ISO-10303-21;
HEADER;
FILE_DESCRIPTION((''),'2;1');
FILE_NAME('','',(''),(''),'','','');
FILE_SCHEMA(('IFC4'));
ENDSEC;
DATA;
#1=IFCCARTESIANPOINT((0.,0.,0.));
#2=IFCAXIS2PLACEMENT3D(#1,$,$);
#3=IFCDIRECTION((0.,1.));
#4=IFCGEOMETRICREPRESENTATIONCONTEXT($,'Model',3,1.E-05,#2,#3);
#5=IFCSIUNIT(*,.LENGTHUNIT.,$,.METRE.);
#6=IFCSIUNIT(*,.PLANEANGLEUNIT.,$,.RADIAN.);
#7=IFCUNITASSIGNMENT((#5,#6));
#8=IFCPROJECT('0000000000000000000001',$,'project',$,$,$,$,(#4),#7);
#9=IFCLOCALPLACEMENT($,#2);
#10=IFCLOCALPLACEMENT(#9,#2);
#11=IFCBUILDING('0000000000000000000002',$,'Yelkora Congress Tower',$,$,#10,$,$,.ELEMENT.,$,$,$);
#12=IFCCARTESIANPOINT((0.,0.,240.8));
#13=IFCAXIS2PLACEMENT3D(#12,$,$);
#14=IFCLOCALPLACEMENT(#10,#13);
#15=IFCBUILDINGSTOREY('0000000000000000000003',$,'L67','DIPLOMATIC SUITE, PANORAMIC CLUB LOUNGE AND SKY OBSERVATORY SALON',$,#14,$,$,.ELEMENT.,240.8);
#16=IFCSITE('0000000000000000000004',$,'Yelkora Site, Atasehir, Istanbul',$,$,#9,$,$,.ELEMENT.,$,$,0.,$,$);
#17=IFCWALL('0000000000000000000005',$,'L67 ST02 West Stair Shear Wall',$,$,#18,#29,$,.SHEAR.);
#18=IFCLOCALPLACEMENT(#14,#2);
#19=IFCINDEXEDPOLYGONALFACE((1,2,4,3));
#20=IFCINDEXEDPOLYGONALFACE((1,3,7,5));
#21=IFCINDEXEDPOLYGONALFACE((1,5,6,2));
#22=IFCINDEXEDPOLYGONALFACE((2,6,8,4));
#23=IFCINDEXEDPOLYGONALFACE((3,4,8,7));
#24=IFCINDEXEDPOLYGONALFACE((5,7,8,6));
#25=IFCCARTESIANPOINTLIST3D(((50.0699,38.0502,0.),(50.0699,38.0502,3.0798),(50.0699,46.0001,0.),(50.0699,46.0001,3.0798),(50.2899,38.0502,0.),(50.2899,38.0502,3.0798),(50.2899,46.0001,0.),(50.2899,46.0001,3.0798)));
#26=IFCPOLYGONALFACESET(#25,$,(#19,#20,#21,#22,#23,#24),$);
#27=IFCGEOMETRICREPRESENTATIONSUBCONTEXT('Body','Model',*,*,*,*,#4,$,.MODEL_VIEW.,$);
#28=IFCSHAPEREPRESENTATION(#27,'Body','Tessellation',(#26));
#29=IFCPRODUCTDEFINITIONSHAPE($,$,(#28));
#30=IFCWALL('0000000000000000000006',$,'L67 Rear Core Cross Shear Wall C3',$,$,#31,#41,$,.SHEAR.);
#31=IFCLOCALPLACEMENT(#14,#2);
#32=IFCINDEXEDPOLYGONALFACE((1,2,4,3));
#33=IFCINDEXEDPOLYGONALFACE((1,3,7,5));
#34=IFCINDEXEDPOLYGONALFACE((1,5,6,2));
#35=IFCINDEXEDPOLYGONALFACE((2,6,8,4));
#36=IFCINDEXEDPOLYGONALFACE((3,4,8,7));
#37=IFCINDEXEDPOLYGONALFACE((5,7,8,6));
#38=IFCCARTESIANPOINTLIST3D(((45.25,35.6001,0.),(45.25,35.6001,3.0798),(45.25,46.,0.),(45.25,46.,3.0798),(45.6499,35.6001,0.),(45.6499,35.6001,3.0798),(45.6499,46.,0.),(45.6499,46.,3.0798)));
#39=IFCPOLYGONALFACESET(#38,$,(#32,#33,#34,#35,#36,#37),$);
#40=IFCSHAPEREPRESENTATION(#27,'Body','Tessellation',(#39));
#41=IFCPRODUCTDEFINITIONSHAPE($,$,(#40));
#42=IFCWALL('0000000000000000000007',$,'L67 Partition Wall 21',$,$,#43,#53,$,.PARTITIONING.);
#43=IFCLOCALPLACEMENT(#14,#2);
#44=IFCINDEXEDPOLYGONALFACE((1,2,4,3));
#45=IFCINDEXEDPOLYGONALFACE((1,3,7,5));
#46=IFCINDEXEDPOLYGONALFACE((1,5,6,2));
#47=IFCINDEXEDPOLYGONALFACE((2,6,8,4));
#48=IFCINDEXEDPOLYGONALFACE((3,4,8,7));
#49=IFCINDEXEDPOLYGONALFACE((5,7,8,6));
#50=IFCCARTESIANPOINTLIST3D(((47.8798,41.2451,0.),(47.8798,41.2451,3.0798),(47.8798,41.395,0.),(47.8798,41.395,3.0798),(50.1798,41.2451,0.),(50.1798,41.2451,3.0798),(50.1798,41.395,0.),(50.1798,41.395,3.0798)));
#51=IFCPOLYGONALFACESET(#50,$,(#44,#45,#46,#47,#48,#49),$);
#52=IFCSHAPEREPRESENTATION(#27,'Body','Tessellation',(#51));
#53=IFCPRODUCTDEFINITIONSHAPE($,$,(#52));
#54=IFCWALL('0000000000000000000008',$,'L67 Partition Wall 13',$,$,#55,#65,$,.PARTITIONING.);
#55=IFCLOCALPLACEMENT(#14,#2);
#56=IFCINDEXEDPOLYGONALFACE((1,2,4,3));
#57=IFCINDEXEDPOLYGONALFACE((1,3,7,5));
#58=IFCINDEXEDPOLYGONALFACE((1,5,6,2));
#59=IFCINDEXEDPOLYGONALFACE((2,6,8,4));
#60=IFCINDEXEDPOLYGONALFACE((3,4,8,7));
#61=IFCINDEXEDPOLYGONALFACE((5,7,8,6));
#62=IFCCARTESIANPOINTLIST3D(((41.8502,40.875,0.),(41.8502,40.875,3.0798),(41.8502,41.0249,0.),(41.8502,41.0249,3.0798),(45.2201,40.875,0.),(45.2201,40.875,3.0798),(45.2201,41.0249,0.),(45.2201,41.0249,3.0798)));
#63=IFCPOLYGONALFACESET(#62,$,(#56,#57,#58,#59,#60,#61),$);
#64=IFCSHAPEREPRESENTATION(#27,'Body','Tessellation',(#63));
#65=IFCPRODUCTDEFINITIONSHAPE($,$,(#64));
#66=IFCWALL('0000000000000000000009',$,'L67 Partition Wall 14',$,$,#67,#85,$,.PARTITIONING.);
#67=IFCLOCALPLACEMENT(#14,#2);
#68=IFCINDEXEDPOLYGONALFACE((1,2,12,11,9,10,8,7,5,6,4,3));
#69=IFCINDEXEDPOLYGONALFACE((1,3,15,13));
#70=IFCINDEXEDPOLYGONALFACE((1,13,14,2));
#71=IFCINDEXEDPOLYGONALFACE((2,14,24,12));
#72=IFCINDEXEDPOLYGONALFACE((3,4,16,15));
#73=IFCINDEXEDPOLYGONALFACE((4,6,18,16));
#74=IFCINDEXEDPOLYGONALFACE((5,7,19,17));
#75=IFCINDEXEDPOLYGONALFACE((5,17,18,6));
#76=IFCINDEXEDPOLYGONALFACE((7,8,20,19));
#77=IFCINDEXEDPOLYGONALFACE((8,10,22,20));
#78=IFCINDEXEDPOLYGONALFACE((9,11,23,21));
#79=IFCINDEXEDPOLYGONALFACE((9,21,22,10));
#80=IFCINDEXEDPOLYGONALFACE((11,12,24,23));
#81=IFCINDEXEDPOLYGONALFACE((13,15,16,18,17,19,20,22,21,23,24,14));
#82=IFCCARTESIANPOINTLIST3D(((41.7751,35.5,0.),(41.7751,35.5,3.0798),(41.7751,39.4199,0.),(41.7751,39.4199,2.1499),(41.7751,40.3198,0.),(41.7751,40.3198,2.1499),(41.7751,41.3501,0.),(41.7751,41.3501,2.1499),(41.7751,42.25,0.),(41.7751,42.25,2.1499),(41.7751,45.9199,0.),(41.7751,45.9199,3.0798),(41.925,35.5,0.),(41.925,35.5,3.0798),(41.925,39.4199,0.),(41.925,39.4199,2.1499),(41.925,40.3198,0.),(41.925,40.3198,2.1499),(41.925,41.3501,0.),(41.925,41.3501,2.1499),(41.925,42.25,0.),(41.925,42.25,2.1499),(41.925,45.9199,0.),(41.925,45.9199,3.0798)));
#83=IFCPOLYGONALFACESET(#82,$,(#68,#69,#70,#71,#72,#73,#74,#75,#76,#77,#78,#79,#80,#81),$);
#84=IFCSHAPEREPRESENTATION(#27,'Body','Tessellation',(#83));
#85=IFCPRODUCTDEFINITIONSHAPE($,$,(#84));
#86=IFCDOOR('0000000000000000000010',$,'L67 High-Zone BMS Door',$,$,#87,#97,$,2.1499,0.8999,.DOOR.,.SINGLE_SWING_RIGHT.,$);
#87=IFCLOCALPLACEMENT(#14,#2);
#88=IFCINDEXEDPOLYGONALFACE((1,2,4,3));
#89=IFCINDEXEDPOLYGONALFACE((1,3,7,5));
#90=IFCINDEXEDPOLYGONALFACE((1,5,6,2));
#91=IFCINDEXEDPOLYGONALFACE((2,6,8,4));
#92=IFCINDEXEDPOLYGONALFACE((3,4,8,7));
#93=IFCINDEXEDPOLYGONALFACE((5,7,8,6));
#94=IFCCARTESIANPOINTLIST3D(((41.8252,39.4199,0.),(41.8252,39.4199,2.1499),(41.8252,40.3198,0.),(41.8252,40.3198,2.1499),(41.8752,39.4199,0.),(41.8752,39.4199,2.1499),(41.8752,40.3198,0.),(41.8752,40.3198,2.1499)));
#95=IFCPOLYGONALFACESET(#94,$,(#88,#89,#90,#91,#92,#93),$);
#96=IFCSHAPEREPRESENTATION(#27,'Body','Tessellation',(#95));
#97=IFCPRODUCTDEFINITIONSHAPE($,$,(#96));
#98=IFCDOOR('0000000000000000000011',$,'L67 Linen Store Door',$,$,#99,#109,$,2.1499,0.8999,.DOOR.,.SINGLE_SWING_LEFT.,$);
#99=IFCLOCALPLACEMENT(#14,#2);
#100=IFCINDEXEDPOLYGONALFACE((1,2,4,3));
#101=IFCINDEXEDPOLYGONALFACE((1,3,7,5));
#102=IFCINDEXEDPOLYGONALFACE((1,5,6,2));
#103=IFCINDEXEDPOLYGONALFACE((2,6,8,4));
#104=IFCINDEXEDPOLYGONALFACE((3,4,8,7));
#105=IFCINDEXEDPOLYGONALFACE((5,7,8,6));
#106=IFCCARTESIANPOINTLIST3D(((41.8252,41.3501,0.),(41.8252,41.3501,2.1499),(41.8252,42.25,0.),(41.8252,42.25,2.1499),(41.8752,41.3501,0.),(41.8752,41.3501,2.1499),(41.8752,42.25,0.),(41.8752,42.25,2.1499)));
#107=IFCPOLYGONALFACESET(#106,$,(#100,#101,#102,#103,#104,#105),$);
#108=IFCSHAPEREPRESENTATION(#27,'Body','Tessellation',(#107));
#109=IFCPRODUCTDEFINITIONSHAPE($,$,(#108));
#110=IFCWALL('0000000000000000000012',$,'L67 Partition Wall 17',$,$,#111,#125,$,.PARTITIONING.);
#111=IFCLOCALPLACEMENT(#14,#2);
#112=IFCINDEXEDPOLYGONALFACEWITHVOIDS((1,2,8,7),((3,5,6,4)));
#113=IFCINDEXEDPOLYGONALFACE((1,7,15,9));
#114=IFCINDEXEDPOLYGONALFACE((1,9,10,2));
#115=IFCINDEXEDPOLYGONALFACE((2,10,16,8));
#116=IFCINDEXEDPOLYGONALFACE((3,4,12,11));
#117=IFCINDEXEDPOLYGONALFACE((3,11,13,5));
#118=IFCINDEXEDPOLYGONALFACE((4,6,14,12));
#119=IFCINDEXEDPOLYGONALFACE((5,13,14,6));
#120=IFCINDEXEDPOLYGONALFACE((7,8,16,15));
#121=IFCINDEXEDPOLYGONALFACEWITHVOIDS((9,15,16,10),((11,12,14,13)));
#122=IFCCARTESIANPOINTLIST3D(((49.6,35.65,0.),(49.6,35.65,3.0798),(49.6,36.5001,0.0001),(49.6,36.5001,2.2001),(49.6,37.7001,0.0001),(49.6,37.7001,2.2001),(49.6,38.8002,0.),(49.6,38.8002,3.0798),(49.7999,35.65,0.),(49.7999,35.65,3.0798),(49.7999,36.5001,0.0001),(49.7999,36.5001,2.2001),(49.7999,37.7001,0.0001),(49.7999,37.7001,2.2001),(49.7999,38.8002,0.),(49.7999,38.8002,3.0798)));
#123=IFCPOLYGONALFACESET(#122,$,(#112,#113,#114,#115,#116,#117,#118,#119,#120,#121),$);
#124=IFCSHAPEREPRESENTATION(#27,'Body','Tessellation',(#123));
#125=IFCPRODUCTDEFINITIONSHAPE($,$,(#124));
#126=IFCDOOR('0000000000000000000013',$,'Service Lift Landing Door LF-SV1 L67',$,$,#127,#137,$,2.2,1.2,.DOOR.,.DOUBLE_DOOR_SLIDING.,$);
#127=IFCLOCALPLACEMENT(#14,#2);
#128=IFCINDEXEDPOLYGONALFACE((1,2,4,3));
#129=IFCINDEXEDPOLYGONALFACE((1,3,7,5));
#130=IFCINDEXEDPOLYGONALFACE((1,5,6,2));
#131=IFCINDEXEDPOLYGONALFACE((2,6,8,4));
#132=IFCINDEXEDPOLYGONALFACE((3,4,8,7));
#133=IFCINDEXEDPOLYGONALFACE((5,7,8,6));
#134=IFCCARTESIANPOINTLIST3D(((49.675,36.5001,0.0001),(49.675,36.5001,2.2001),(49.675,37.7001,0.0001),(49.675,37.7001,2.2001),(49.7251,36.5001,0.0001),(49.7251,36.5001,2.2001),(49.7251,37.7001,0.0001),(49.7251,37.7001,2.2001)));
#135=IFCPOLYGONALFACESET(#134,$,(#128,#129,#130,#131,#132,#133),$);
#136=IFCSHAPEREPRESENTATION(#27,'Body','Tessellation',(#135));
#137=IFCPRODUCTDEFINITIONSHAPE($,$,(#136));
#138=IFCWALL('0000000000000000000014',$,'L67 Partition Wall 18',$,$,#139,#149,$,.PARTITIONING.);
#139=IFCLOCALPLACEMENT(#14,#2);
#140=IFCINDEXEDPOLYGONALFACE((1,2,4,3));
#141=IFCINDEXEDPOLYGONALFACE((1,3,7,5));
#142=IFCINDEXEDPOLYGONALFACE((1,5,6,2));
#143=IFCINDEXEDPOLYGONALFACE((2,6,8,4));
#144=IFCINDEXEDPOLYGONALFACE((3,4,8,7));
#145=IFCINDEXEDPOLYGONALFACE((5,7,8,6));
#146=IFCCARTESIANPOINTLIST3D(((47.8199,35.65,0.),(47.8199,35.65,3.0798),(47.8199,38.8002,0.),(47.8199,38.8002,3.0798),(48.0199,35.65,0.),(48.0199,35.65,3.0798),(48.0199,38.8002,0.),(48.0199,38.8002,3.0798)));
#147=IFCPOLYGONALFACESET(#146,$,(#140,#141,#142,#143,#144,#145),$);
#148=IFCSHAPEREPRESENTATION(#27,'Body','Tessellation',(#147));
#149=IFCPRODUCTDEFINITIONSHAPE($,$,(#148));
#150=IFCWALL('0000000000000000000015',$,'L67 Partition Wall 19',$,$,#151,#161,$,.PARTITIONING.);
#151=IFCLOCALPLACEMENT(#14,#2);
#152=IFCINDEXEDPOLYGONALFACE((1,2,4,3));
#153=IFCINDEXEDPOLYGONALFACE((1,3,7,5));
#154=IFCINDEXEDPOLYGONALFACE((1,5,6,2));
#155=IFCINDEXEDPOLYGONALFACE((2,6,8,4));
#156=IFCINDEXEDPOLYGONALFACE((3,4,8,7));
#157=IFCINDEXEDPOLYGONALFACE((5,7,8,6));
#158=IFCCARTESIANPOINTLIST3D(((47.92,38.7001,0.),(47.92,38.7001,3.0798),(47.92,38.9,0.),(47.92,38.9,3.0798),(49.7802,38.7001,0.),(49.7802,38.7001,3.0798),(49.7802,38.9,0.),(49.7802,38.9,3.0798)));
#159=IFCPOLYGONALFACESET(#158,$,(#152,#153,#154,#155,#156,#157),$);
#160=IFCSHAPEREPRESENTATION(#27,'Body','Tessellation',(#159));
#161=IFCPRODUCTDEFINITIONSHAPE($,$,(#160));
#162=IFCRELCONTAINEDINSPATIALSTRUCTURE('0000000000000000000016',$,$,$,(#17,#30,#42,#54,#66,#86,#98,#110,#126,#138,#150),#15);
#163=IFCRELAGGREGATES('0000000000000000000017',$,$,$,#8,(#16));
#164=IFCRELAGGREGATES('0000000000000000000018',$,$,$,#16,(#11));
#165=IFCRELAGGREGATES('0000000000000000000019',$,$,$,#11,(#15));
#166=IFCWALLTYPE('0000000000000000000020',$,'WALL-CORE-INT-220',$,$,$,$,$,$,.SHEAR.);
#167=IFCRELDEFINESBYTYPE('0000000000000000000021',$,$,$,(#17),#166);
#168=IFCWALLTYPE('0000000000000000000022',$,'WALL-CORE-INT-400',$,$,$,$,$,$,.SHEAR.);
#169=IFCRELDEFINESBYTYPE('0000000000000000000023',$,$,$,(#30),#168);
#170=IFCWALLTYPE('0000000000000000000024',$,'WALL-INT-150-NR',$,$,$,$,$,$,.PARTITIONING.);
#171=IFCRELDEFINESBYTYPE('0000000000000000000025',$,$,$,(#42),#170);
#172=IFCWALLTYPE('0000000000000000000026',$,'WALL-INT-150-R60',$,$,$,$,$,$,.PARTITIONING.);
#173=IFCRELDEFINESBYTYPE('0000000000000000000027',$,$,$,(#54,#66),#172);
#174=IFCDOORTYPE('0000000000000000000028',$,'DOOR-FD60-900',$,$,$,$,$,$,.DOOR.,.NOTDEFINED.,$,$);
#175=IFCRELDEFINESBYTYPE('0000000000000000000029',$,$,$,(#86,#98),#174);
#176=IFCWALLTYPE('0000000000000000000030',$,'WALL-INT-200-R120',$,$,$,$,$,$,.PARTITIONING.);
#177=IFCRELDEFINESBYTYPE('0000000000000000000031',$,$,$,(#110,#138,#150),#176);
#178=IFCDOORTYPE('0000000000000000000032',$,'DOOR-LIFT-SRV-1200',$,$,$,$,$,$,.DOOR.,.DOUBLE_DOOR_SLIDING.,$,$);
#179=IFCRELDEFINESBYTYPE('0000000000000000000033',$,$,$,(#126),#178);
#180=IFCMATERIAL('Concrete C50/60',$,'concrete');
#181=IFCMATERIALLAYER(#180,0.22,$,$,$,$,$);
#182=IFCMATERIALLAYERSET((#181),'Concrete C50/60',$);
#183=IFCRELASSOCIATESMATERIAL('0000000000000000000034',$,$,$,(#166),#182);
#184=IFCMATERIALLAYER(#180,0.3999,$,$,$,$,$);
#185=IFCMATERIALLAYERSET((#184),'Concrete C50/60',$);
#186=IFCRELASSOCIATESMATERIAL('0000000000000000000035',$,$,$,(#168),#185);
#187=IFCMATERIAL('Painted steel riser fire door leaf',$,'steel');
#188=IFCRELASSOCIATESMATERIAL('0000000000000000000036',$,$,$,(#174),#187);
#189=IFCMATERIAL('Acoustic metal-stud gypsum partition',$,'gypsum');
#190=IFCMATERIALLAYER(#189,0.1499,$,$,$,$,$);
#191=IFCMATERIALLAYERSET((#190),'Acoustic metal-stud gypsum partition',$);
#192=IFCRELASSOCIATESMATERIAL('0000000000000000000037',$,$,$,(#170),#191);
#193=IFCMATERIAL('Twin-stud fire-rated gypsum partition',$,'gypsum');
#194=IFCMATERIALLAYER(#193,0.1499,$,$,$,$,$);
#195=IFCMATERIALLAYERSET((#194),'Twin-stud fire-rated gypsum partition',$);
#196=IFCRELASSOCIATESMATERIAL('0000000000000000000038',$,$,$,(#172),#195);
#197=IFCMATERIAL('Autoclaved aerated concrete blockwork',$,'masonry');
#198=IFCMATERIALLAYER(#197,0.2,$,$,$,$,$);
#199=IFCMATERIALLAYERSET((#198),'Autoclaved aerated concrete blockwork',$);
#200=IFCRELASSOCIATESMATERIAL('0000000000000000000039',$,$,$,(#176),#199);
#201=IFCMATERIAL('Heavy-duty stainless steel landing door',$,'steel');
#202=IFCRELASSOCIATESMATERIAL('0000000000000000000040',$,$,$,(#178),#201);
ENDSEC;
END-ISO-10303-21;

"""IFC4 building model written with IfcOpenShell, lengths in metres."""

from ifc_helpers import new_model, si_unit, direction, frame, frame_2d, origin, place, context, subcontext, project, spatial, rectangle, extrude, material, layer, layer_set, type_object, element, fill, save


model = new_model("IFC4")

# Units and contexts
model_context = context("Model", 3, precision=1e-05, world=origin(), true_north=direction((0.0, 1.0)))
body_context = subcontext(model_context, "Body", "Model", "MODEL_VIEW")
ifc_project = project(units=[si_unit("LENGTHUNIT", "METRE"), si_unit("PLANEANGLEUNIT", "RADIAN")], contexts=[model_context])

# Site, building, storey
site_placement = place(None, origin())
site = spatial("IfcSite", under=ifc_project, at=site_placement, Name="Yelkora Site, Atasehir, Istanbul", CompositionType="ELEMENT", RefElevation=0.0)
building_placement = place(site_placement, origin())
building = spatial("IfcBuilding", under=site, at=building_placement, Name="Yelkora Congress Tower", CompositionType="ELEMENT")
storey_placement = place(building_placement, frame((0.0, 0.0, 240.8)))
storey = spatial("IfcBuildingStorey", under=building, at=storey_placement, Name="L67", Description="DIPLOMATIC SUITE, PANORAMIC CLUB LOUNGE AND SKY OBSERVATORY SALON", CompositionType="ELEMENT", Elevation=240.8)

# Wall
ifc_material_1 = material(Name="Concrete C50/60", Category="concrete")
ifc_layer_1 = layer(ifc_material_1, 0.22)
ifc_layer_set_1 = layer_set([ifc_layer_1], Name="Concrete C50/60")
wall_type_1 = type_object("IfcWallType", Name="WALL-CORE-INT-220", PredefinedType="SHEAR", material=ifc_layer_set_1)
wall_1_placement = place(storey_placement, frame((50.1799, 38.05, 0.0), z_axis=(0.0, 0.0, 1.0), x_axis=(0.0, 1.0, 0.0)))
element("IfcWall", 1, at=wall_1_placement, inside=storey, type_object=wall_type_1, Name="L67 ST02 West Stair Shear Wall", PredefinedType="SHEAR", context=body_context, shape_type="SweptSolid", body=[
    extrude(rectangle(XDim=7.95, YDim=0.22, at=frame_2d((3.9751, 0.0))), origin(), (0.0, 0.0, 1.0), 3.0798),
])

# Shared definitions
ifc_layer_2 = layer(ifc_material_1, 0.3999)
ifc_layer_set_2 = layer_set([ifc_layer_2], Name="Concrete C50/60")
wall_type_2 = type_object("IfcWallType", Name="WALL-CORE-INT-400", PredefinedType="SHEAR", material=ifc_layer_set_2)
ifc_material_2 = material(Name="Painted steel riser fire door leaf", Category="steel")
door_type_1 = type_object("IfcDoorType", Name="DOOR-FD60-900", OperationType="NOTDEFINED", PredefinedType="DOOR", material=ifc_material_2)

# Walls
wall_2_placement = place(storey_placement, frame((45.45, 35.6001, 0.0), z_axis=(0.0, 0.0, 1.0), x_axis=(0.0, 1.0, 0.0)))
element("IfcWall", 2, at=wall_2_placement, inside=storey, type_object=wall_type_2, Name="L67 Rear Core Cross Shear Wall C3", PredefinedType="SHEAR", context=body_context, shape_type="SweptSolid", body=[
    extrude(rectangle(XDim=10.3999, YDim=0.3999, at=frame_2d((5.2, 0.0))), origin(), (0.0, 0.0, 1.0), 3.0798),
])
ifc_material_3 = material(Name="Acoustic metal-stud gypsum partition", Category="gypsum")
ifc_layer_3 = layer(ifc_material_3, 0.1499)
ifc_layer_set_3 = layer_set([ifc_layer_3], Name="Acoustic metal-stud gypsum partition")
wall_type_3 = type_object("IfcWallType", Name="WALL-INT-150-NR", PredefinedType="PARTITIONING", material=ifc_layer_set_3)
wall_3_placement = place(storey_placement, frame((47.8799, 41.3201, 0.0), z_axis=(0.0, 0.0, 1.0), x_axis=(1.0, 0.0, 0.0)))
element("IfcWall", 3, at=wall_3_placement, inside=storey, type_object=wall_type_3, Name="L67 Partition Wall 21", PredefinedType="PARTITIONING", context=body_context, shape_type="SweptSolid", body=[
    extrude(rectangle(XDim=2.3, YDim=0.1499, at=frame_2d((1.1499, 0.0))), origin(), (0.0, 0.0, 1.0), 3.0798),
])

# Wall
ifc_material_4 = material(Name="Twin-stud fire-rated gypsum partition", Category="gypsum")
ifc_layer_4 = layer(ifc_material_4, 0.1499)
ifc_layer_set_4 = layer_set([ifc_layer_4], Name="Twin-stud fire-rated gypsum partition")
wall_type_4 = type_object("IfcWallType", Name="WALL-INT-150-R60", PredefinedType="PARTITIONING", material=ifc_layer_set_4)
wall_4_placement = place(storey_placement, frame((41.8501, 40.95, 0.0), z_axis=(0.0, 0.0, 1.0), x_axis=(1.0, 0.0, 0.0)))
element("IfcWall", 4, at=wall_4_placement, inside=storey, type_object=wall_type_4, Name="L67 Partition Wall 13", PredefinedType="PARTITIONING", context=body_context, shape_type="SweptSolid", body=[
    extrude(rectangle(XDim=3.3699, YDim=0.1499, at=frame_2d((1.6851, 0.0))), origin(), (0.0, 0.0, 1.0), 3.0798),
])

# Wall, openings, doors
wall_5_placement = place(storey_placement, frame((41.8501, 35.5, 0.0), z_axis=(0.0, 0.0, 1.0), x_axis=(0.0, 1.0, 0.0)))
wall_5 = element("IfcWall", 5, at=wall_5_placement, inside=storey, type_object=wall_type_4, Name="L67 Partition Wall 14", PredefinedType="PARTITIONING", context=body_context, shape_type="SweptSolid", body=[
    extrude(rectangle(XDim=10.4199, YDim=0.1499, at=frame_2d((5.21, 0.0))), origin(), (0.0, 0.0, 1.0), 3.0798),
])
opening_1_placement = place(wall_5_placement, frame((3.9199, 0.0, 0.0)))
opening_1 = element("IfcOpeningElement", 6, at=opening_1_placement, cuts=wall_5, PredefinedType="OPENING", context=body_context, shape_type="SweptSolid", body=[
    extrude(rectangle(XDim=0.8999, YDim=2.1499, at=frame_2d((0.45, 1.075))), frame((0.0, 0.085, 0.0), z_axis=(0.0, -1.0, 0.0), x_axis=(1.0, 0.0, 0.0)), (0.0, 0.0, 1.0), 0.1699),
])
opening_2_placement = place(wall_5_placement, frame((5.8501, 0.0, 0.0)))
opening_2 = element("IfcOpeningElement", 7, at=opening_2_placement, cuts=wall_5, PredefinedType="OPENING", context=body_context, shape_type="SweptSolid", body=[
    extrude(rectangle(XDim=0.8999, YDim=2.1499, at=frame_2d((0.45, 1.075))), frame((0.0, 0.085, 0.0), z_axis=(0.0, -1.0, 0.0), x_axis=(1.0, 0.0, 0.0)), (0.0, 0.0, 1.0), 0.1699),
])
door_1_placement = place(opening_1_placement, origin())
door_1 = element("IfcDoor", 8, at=door_1_placement, inside=storey, type_object=door_type_1, Name="L67 High-Zone BMS Door", OperationType="SINGLE_SWING_RIGHT", OverallHeight=2.1499, OverallWidth=0.8999, PredefinedType="DOOR", context=body_context, shape_type="SweptSolid", body=[
    extrude(rectangle(XDim=0.8999, YDim=2.1499, at=frame_2d((0.45, 1.075))), frame((0.0, 0.0249, 0.0), z_axis=(0.0, -1.0, 0.0), x_axis=(1.0, 0.0, 0.0)), (0.0, 0.0, 1.0), 0.05),
])
fill(opening_1, door_1)
door_2_placement = place(opening_2_placement, origin())
door_2 = element("IfcDoor", 9, at=door_2_placement, inside=storey, type_object=door_type_1, Name="L67 Linen Store Door", OperationType="SINGLE_SWING_LEFT", OverallHeight=2.1499, OverallWidth=0.8999, PredefinedType="DOOR", context=body_context, shape_type="SweptSolid", body=[
    extrude(rectangle(XDim=0.8999, YDim=2.1499, at=frame_2d((0.45, 1.075))), frame((0.0, 0.0249, 0.0), z_axis=(0.0, -1.0, 0.0), x_axis=(1.0, 0.0, 0.0)), (0.0, 0.0, 1.0), 0.05),
])
fill(opening_2, door_2)

# Wall, opening, door
ifc_material_5 = material(Name="Autoclaved aerated concrete blockwork", Category="masonry")
ifc_layer_5 = layer(ifc_material_5, 0.2)
ifc_layer_set_5 = layer_set([ifc_layer_5], Name="Autoclaved aerated concrete blockwork")
wall_type_5 = type_object("IfcWallType", Name="WALL-INT-200-R120", PredefinedType="PARTITIONING", material=ifc_layer_set_5)
wall_6_placement = place(storey_placement, frame((49.7, 35.6499, 0.0), z_axis=(0.0, 0.0, 1.0), x_axis=(0.0, 1.0, 0.0)))
wall_6 = element("IfcWall", 10, at=wall_6_placement, inside=storey, type_object=wall_type_5, Name="L67 Partition Wall 17", PredefinedType="PARTITIONING", context=body_context, shape_type="SweptSolid", body=[
    extrude(rectangle(XDim=3.1501, YDim=0.2, at=frame_2d((1.5752, 0.0))), origin(), (0.0, 0.0, 1.0), 3.0798),
])
opening_3_placement = place(wall_6_placement, frame((0.8501, 0.0, 0.0)))
opening_3 = element("IfcOpeningElement", 11, at=opening_3_placement, cuts=wall_6, PredefinedType="OPENING", context=body_context, shape_type="SweptSolid", body=[
    extrude(rectangle(XDim=1.2, YDim=2.2, at=frame_2d((0.6001, 1.1001))), frame((0.0, 0.1099, 0.0), z_axis=(0.0, -1.0, 0.0), x_axis=(1.0, 0.0, 0.0)), (0.0, 0.0, 1.0), 0.22),
])
ifc_material_6 = material(Name="Heavy-duty stainless steel landing door", Category="steel")
door_type_2 = type_object("IfcDoorType", Name="DOOR-LIFT-SRV-1200", OperationType="DOUBLE_DOOR_SLIDING", PredefinedType="DOOR", material=ifc_material_6)
door_3_placement = place(opening_3_placement, origin())
door_3 = element("IfcDoor", 12, at=door_3_placement, inside=storey, type_object=door_type_2, Name="Service Lift Landing Door LF-SV1 L67", OperationType="DOUBLE_DOOR_SLIDING", OverallHeight=2.2, OverallWidth=1.2, PredefinedType="DOOR", context=body_context, shape_type="SweptSolid", body=[
    extrude(rectangle(XDim=1.2, YDim=2.2, at=frame_2d((0.6001, 1.1001))), frame((0.0, 0.0249, 0.0), z_axis=(0.0, -1.0, 0.0), x_axis=(1.0, 0.0, 0.0)), (0.0, 0.0, 1.0), 0.05),
])
fill(opening_3, door_3)

# Walls
wall_7_placement = place(storey_placement, frame((47.9199, 35.6499, 0.0), z_axis=(0.0, 0.0, 1.0), x_axis=(0.0, 1.0, 0.0)))
element("IfcWall", 13, at=wall_7_placement, inside=storey, type_object=wall_type_5, Name="L67 Partition Wall 18", PredefinedType="PARTITIONING", context=body_context, shape_type="SweptSolid", body=[
    extrude(rectangle(XDim=3.1501, YDim=0.2, at=frame_2d((1.5752, 0.0))), origin(), (0.0, 0.0, 1.0), 3.0798),
])
wall_8_placement = place(storey_placement, frame((47.9199, 38.8, 0.0), z_axis=(0.0, 0.0, 1.0), x_axis=(1.0, 0.0, 0.0)))
element("IfcWall", 14, at=wall_8_placement, inside=storey, type_object=wall_type_5, Name="L67 Partition Wall 19", PredefinedType="PARTITIONING", context=body_context, shape_type="SweptSolid", body=[
    extrude(rectangle(XDim=1.8601, YDim=0.2, at=frame_2d((0.9302, 0.0))), origin(), (0.0, 0.0, 1.0), 3.0798),
])

save(model, "model.ifc")
